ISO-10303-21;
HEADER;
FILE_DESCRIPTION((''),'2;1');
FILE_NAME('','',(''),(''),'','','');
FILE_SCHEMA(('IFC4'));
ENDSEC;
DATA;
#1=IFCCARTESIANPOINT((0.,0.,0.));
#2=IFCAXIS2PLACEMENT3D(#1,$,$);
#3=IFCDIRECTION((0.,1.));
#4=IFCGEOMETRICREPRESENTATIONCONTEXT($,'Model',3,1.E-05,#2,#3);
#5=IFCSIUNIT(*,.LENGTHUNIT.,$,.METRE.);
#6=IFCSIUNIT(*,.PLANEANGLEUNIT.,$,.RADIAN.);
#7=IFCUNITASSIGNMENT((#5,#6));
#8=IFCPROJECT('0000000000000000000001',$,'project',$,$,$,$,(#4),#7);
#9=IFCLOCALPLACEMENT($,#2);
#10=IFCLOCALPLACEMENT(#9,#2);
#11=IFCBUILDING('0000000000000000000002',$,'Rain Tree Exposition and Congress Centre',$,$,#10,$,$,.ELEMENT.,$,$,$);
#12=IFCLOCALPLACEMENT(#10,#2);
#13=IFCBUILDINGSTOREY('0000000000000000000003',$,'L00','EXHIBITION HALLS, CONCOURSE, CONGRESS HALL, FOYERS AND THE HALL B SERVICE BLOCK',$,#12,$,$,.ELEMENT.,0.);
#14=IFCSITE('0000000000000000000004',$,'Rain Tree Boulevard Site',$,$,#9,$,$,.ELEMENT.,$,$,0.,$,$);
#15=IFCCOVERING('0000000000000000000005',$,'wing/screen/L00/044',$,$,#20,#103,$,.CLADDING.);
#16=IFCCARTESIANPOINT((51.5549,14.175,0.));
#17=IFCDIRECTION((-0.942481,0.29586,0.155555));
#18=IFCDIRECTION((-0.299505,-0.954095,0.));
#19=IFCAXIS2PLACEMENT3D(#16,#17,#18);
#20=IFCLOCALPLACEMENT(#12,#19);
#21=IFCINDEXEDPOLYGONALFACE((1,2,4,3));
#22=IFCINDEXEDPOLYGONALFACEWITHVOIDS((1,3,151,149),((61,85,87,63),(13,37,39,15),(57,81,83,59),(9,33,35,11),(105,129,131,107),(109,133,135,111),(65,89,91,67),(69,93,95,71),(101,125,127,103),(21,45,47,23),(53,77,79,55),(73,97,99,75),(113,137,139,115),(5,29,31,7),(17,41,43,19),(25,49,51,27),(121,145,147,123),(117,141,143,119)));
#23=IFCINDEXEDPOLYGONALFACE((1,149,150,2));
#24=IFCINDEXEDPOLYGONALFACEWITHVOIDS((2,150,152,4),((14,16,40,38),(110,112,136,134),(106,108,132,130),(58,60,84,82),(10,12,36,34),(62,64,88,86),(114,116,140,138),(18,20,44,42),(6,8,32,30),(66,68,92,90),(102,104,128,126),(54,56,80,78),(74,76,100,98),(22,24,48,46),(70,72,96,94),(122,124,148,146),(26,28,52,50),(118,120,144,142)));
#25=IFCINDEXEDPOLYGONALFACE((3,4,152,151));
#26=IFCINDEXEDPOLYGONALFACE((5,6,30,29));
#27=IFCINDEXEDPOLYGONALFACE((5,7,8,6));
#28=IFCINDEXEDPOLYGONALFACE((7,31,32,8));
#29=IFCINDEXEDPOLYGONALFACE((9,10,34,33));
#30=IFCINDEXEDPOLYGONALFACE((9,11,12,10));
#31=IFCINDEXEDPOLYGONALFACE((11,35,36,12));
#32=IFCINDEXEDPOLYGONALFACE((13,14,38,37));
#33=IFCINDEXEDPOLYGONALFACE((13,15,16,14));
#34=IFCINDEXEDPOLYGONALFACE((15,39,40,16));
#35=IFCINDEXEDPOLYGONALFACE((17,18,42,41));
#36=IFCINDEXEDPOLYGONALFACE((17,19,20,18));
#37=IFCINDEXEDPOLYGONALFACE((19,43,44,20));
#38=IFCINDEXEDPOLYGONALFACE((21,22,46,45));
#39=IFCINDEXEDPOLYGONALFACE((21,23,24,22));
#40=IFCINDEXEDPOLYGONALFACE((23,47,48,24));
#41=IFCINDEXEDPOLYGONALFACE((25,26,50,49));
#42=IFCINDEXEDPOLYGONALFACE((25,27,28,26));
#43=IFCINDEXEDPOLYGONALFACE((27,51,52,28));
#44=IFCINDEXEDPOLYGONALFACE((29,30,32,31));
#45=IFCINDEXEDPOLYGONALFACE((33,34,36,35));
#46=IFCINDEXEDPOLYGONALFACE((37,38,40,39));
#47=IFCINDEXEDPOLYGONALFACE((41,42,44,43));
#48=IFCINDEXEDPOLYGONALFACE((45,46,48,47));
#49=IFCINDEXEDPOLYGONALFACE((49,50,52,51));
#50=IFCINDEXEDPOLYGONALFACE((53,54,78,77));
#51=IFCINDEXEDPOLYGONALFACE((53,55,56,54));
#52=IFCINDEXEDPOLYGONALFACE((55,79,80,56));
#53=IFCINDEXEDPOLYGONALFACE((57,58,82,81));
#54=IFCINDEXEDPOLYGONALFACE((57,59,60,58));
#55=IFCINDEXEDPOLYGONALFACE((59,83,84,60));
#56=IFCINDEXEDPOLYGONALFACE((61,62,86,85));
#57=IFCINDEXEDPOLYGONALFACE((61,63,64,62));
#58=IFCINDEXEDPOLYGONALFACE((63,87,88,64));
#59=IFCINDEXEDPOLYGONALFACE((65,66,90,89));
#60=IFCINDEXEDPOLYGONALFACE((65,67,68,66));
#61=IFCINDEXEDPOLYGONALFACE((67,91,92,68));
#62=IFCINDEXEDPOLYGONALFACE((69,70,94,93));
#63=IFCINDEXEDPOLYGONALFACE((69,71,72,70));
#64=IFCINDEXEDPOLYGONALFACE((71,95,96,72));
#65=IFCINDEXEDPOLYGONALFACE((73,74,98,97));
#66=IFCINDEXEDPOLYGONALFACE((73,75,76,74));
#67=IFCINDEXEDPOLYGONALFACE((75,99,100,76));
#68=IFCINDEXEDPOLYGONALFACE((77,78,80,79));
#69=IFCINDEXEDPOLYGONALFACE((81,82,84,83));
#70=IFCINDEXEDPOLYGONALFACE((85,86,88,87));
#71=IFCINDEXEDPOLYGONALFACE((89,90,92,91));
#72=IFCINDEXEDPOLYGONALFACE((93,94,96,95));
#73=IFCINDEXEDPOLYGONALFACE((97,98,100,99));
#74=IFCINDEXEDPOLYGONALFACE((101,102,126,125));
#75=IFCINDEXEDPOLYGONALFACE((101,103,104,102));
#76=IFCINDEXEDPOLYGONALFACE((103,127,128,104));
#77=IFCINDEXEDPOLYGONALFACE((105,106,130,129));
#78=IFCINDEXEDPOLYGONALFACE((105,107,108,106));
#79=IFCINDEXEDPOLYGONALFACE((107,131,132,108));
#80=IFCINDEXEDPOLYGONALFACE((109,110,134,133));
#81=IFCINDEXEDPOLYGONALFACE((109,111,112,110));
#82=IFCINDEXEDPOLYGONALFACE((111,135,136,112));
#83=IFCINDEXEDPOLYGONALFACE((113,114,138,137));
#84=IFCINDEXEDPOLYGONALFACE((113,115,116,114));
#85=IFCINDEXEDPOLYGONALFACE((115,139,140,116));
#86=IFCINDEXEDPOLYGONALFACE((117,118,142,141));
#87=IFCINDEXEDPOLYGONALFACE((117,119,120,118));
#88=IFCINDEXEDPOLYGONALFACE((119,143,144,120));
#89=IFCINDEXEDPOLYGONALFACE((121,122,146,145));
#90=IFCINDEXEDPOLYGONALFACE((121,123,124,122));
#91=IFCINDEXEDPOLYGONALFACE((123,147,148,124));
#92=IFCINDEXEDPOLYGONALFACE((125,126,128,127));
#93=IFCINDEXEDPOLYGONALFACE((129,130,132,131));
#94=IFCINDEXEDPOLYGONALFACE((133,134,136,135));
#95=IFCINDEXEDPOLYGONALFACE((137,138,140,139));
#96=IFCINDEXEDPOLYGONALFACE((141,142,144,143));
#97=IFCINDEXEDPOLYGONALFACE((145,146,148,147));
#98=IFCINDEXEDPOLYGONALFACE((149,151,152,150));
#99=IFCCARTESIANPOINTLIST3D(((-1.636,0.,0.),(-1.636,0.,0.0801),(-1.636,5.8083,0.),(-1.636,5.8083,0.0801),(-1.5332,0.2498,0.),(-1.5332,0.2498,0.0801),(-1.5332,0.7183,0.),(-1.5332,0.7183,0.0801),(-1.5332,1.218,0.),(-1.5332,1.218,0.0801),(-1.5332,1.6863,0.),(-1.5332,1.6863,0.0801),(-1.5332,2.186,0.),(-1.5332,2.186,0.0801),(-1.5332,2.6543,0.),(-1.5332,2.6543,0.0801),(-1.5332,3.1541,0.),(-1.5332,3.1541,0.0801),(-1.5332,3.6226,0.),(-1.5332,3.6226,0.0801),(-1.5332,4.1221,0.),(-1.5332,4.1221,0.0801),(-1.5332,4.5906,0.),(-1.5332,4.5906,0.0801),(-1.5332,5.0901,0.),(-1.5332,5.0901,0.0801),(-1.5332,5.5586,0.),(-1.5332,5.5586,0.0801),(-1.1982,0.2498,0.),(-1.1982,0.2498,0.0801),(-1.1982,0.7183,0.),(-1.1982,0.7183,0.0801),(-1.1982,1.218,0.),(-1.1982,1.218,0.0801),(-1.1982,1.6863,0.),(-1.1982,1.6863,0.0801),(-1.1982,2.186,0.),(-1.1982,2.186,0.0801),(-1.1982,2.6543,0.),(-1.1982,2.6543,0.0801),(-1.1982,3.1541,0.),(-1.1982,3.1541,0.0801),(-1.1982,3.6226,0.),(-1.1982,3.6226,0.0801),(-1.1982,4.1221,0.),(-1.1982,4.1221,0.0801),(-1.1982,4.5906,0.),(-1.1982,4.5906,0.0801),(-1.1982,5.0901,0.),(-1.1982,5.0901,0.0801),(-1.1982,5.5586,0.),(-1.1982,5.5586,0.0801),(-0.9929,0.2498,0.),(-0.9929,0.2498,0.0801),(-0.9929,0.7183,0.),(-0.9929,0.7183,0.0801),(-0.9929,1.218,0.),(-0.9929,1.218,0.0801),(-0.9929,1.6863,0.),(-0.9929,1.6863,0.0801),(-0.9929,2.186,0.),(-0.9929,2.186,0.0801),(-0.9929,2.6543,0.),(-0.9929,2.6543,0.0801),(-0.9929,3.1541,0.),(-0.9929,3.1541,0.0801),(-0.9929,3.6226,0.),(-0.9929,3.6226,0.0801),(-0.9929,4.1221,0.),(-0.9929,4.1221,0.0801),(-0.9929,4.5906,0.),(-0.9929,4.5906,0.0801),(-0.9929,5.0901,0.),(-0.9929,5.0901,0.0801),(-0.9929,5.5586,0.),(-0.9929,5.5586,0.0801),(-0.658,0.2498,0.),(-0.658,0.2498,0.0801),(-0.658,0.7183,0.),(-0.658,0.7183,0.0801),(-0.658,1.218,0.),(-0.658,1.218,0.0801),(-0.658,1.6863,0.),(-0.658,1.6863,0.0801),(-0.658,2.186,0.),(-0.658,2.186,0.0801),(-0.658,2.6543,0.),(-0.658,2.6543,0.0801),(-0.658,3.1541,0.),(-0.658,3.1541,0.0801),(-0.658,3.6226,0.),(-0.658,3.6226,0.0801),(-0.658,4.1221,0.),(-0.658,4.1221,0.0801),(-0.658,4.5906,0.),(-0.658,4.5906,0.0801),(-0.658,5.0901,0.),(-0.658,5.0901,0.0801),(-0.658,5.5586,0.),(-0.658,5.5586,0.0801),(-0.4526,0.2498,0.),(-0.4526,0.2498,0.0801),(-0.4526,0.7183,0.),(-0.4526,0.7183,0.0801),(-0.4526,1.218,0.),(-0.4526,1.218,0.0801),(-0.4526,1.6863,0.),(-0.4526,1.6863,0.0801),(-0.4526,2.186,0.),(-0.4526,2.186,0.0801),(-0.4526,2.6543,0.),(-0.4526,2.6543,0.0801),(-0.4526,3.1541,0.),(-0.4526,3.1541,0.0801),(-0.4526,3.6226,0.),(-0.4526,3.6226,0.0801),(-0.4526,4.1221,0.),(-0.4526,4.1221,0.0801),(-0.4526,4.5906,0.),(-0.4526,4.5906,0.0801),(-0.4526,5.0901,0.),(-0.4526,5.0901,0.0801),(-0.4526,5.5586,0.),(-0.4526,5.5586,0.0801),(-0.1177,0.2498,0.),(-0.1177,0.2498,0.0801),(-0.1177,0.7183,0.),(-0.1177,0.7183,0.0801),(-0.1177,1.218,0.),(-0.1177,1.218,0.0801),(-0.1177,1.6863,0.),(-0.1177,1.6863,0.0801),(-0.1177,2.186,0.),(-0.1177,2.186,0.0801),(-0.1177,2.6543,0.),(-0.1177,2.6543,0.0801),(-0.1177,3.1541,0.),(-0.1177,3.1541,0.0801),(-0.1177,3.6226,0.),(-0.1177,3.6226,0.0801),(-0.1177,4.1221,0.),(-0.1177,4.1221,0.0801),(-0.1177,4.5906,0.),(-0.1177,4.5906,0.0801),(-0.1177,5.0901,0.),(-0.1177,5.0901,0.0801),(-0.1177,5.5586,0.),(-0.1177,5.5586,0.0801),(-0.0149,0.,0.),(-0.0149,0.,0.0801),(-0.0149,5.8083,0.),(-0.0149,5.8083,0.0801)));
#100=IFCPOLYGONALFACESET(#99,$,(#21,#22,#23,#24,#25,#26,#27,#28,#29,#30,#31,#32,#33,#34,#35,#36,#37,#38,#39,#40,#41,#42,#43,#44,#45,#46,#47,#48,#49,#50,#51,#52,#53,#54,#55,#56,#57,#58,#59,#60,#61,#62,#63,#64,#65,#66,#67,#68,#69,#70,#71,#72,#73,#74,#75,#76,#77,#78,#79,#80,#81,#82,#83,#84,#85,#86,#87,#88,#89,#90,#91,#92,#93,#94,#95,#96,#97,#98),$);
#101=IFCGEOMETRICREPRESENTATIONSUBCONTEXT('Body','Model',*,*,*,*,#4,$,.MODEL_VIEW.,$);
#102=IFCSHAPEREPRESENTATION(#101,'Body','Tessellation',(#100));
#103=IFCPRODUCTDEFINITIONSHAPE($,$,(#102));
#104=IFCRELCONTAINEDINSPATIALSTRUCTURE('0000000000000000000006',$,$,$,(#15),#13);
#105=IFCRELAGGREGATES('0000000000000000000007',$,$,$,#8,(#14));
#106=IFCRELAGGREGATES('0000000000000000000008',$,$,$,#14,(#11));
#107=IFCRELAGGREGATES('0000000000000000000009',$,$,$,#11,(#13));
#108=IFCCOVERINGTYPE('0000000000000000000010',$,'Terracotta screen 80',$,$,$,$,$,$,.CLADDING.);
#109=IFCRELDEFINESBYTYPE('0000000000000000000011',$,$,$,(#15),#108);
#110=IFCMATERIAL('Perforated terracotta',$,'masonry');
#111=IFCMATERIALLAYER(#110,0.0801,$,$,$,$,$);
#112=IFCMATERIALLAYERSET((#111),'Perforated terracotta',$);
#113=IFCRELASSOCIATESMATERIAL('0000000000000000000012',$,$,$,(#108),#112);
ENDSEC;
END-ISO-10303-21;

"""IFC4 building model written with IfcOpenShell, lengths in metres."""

from ifc_helpers import new_model, si_unit, direction, frame, origin, place, context, subcontext, project, spatial, polyline, outline, extrude, material, layer, layer_set, type_object, element, save


model = new_model("IFC4")

# Units and contexts
model_context = context("Model", 3, precision=1e-05, world=origin(), true_north=direction((0.0, 1.0)))
body_context = subcontext(model_context, "Body", "Model", "MODEL_VIEW")
ifc_project = project(units=[si_unit("LENGTHUNIT", "METRE"), si_unit("PLANEANGLEUNIT", "RADIAN")], contexts=[model_context])

# Site, building, storey
site_placement = place(None, origin())
site = spatial("IfcSite", under=ifc_project, at=site_placement, Name="Rain Tree Boulevard Site", CompositionType="ELEMENT", RefElevation=0.0)
building_placement = place(site_placement, origin())
building = spatial("IfcBuilding", under=site, at=building_placement, Name="Rain Tree Exposition and Congress Centre", CompositionType="ELEMENT")
storey_placement = place(building_placement, origin())
storey = spatial("IfcBuildingStorey", under=building, at=storey_placement, Name="L00", Description="EXHIBITION HALLS, CONCOURSE, CONGRESS HALL, FOYERS AND THE HALL B SERVICE BLOCK", CompositionType="ELEMENT", Elevation=0.0)

# Covering
ifc_material_1 = material(Name="Perforated terracotta", Category="masonry")
ifc_layer_1 = layer(ifc_material_1, 0.0801)
ifc_layer_set_1 = layer_set([ifc_layer_1], Name="Perforated terracotta")
covering_type = type_object("IfcCoveringType", Name="Terracotta screen 80", PredefinedType="CLADDING", material=ifc_layer_set_1)
covering_1_placement = place(storey_placement, frame((51.5549, 14.175, 0.0), z_axis=(-0.942481, 0.29586, 0.155555), x_axis=(-0.299505, -0.954095, 0.0)))
element("IfcCovering", 1, at=covering_1_placement, inside=storey, type_object=covering_type, Name="wing/screen/L00/044", PredefinedType="CLADDING", context=body_context, shape_type="SweptSolid", body=[
    extrude(outline(polyline([(-0.0149, 5.8083), (-0.0149, 0.0), (-1.636, 0.0), (-1.636, 5.8083), (-0.0149, 5.8083)]), holes=[polyline([(-0.1177, 0.2498), (-0.1177, 0.7183), (-0.4526, 0.7183), (-0.4526, 0.2498), (-0.1177, 0.2498)]), polyline([(-0.1177, 1.218), (-0.1177, 1.6863), (-0.4526, 1.6863), (-0.4526, 1.218), (-0.1177, 1.218)]), polyline([(-0.1177, 2.186), (-0.1177, 2.6543), (-0.4526, 2.6543), (-0.4526, 2.186), (-0.1177, 2.186)]), polyline([(-0.1177, 3.1541), (-0.1177, 3.6226), (-0.4526, 3.6226), (-0.4526, 3.1541), (-0.1177, 3.1541)]), polyline([(-0.1177, 4.1221), (-0.1177, 4.5906), (-0.4526, 4.5906), (-0.4526, 4.1221), (-0.1177, 4.1221)]), polyline([(-0.1177, 5.0901), (-0.1177, 5.5586), (-0.4526, 5.5586), (-0.4526, 5.0901), (-0.1177, 5.0901)]), polyline([(-0.658, 0.2498), (-0.658, 0.7183), (-0.9929, 0.7183), (-0.9929, 0.2498), (-0.658, 0.2498)]), polyline([(-0.658, 1.218), (-0.658, 1.6863), (-0.9929, 1.6863), (-0.9929, 1.218), (-0.658, 1.218)]), polyline([(-0.658, 2.186), (-0.658, 2.6543), (-0.9929, 2.6543), (-0.9929, 2.186), (-0.658, 2.186)]), polyline([(-0.658, 3.1541), (-0.658, 3.6226), (-0.9929, 3.6226), (-0.9929, 3.1541), (-0.658, 3.1541)]), polyline([(-0.658, 4.1221), (-0.658, 4.5906), (-0.9929, 4.5906), (-0.9929, 4.1221), (-0.658, 4.1221)]), polyline([(-0.658, 5.0901), (-0.658, 5.5586), (-0.9929, 5.5586), (-0.9929, 5.0901), (-0.658, 5.0901)]), polyline([(-1.1982, 0.2498), (-1.1982, 0.7183), (-1.5332, 0.7183), (-1.5332, 0.2498), (-1.1982, 0.2498)]), polyline([(-1.1982, 1.218), (-1.1982, 1.6863), (-1.5332, 1.6863), (-1.5332, 1.218), (-1.1982, 1.218)]), polyline([(-1.1982, 2.186), (-1.1982, 2.6543), (-1.5332, 2.6543), (-1.5332, 2.186), (-1.1982, 2.186)]), polyline([(-1.1982, 3.1541), (-1.1982, 3.6226), (-1.5332, 3.6226), (-1.5332, 3.1541), (-1.1982, 3.1541)]), polyline([(-1.1982, 4.1221), (-1.1982, 4.5906), (-1.5332, 4.5906), (-1.5332, 4.1221), (-1.1982, 4.1221)]), polyline([(-1.1982, 5.0901), (-1.1982, 5.5586), (-1.5332, 5.5586), (-1.5332, 5.0901), (-1.1982, 5.0901)])]), origin(), (0.0, 0.0, 1.0), 0.0801),
])

save(model, "model.ifc")
